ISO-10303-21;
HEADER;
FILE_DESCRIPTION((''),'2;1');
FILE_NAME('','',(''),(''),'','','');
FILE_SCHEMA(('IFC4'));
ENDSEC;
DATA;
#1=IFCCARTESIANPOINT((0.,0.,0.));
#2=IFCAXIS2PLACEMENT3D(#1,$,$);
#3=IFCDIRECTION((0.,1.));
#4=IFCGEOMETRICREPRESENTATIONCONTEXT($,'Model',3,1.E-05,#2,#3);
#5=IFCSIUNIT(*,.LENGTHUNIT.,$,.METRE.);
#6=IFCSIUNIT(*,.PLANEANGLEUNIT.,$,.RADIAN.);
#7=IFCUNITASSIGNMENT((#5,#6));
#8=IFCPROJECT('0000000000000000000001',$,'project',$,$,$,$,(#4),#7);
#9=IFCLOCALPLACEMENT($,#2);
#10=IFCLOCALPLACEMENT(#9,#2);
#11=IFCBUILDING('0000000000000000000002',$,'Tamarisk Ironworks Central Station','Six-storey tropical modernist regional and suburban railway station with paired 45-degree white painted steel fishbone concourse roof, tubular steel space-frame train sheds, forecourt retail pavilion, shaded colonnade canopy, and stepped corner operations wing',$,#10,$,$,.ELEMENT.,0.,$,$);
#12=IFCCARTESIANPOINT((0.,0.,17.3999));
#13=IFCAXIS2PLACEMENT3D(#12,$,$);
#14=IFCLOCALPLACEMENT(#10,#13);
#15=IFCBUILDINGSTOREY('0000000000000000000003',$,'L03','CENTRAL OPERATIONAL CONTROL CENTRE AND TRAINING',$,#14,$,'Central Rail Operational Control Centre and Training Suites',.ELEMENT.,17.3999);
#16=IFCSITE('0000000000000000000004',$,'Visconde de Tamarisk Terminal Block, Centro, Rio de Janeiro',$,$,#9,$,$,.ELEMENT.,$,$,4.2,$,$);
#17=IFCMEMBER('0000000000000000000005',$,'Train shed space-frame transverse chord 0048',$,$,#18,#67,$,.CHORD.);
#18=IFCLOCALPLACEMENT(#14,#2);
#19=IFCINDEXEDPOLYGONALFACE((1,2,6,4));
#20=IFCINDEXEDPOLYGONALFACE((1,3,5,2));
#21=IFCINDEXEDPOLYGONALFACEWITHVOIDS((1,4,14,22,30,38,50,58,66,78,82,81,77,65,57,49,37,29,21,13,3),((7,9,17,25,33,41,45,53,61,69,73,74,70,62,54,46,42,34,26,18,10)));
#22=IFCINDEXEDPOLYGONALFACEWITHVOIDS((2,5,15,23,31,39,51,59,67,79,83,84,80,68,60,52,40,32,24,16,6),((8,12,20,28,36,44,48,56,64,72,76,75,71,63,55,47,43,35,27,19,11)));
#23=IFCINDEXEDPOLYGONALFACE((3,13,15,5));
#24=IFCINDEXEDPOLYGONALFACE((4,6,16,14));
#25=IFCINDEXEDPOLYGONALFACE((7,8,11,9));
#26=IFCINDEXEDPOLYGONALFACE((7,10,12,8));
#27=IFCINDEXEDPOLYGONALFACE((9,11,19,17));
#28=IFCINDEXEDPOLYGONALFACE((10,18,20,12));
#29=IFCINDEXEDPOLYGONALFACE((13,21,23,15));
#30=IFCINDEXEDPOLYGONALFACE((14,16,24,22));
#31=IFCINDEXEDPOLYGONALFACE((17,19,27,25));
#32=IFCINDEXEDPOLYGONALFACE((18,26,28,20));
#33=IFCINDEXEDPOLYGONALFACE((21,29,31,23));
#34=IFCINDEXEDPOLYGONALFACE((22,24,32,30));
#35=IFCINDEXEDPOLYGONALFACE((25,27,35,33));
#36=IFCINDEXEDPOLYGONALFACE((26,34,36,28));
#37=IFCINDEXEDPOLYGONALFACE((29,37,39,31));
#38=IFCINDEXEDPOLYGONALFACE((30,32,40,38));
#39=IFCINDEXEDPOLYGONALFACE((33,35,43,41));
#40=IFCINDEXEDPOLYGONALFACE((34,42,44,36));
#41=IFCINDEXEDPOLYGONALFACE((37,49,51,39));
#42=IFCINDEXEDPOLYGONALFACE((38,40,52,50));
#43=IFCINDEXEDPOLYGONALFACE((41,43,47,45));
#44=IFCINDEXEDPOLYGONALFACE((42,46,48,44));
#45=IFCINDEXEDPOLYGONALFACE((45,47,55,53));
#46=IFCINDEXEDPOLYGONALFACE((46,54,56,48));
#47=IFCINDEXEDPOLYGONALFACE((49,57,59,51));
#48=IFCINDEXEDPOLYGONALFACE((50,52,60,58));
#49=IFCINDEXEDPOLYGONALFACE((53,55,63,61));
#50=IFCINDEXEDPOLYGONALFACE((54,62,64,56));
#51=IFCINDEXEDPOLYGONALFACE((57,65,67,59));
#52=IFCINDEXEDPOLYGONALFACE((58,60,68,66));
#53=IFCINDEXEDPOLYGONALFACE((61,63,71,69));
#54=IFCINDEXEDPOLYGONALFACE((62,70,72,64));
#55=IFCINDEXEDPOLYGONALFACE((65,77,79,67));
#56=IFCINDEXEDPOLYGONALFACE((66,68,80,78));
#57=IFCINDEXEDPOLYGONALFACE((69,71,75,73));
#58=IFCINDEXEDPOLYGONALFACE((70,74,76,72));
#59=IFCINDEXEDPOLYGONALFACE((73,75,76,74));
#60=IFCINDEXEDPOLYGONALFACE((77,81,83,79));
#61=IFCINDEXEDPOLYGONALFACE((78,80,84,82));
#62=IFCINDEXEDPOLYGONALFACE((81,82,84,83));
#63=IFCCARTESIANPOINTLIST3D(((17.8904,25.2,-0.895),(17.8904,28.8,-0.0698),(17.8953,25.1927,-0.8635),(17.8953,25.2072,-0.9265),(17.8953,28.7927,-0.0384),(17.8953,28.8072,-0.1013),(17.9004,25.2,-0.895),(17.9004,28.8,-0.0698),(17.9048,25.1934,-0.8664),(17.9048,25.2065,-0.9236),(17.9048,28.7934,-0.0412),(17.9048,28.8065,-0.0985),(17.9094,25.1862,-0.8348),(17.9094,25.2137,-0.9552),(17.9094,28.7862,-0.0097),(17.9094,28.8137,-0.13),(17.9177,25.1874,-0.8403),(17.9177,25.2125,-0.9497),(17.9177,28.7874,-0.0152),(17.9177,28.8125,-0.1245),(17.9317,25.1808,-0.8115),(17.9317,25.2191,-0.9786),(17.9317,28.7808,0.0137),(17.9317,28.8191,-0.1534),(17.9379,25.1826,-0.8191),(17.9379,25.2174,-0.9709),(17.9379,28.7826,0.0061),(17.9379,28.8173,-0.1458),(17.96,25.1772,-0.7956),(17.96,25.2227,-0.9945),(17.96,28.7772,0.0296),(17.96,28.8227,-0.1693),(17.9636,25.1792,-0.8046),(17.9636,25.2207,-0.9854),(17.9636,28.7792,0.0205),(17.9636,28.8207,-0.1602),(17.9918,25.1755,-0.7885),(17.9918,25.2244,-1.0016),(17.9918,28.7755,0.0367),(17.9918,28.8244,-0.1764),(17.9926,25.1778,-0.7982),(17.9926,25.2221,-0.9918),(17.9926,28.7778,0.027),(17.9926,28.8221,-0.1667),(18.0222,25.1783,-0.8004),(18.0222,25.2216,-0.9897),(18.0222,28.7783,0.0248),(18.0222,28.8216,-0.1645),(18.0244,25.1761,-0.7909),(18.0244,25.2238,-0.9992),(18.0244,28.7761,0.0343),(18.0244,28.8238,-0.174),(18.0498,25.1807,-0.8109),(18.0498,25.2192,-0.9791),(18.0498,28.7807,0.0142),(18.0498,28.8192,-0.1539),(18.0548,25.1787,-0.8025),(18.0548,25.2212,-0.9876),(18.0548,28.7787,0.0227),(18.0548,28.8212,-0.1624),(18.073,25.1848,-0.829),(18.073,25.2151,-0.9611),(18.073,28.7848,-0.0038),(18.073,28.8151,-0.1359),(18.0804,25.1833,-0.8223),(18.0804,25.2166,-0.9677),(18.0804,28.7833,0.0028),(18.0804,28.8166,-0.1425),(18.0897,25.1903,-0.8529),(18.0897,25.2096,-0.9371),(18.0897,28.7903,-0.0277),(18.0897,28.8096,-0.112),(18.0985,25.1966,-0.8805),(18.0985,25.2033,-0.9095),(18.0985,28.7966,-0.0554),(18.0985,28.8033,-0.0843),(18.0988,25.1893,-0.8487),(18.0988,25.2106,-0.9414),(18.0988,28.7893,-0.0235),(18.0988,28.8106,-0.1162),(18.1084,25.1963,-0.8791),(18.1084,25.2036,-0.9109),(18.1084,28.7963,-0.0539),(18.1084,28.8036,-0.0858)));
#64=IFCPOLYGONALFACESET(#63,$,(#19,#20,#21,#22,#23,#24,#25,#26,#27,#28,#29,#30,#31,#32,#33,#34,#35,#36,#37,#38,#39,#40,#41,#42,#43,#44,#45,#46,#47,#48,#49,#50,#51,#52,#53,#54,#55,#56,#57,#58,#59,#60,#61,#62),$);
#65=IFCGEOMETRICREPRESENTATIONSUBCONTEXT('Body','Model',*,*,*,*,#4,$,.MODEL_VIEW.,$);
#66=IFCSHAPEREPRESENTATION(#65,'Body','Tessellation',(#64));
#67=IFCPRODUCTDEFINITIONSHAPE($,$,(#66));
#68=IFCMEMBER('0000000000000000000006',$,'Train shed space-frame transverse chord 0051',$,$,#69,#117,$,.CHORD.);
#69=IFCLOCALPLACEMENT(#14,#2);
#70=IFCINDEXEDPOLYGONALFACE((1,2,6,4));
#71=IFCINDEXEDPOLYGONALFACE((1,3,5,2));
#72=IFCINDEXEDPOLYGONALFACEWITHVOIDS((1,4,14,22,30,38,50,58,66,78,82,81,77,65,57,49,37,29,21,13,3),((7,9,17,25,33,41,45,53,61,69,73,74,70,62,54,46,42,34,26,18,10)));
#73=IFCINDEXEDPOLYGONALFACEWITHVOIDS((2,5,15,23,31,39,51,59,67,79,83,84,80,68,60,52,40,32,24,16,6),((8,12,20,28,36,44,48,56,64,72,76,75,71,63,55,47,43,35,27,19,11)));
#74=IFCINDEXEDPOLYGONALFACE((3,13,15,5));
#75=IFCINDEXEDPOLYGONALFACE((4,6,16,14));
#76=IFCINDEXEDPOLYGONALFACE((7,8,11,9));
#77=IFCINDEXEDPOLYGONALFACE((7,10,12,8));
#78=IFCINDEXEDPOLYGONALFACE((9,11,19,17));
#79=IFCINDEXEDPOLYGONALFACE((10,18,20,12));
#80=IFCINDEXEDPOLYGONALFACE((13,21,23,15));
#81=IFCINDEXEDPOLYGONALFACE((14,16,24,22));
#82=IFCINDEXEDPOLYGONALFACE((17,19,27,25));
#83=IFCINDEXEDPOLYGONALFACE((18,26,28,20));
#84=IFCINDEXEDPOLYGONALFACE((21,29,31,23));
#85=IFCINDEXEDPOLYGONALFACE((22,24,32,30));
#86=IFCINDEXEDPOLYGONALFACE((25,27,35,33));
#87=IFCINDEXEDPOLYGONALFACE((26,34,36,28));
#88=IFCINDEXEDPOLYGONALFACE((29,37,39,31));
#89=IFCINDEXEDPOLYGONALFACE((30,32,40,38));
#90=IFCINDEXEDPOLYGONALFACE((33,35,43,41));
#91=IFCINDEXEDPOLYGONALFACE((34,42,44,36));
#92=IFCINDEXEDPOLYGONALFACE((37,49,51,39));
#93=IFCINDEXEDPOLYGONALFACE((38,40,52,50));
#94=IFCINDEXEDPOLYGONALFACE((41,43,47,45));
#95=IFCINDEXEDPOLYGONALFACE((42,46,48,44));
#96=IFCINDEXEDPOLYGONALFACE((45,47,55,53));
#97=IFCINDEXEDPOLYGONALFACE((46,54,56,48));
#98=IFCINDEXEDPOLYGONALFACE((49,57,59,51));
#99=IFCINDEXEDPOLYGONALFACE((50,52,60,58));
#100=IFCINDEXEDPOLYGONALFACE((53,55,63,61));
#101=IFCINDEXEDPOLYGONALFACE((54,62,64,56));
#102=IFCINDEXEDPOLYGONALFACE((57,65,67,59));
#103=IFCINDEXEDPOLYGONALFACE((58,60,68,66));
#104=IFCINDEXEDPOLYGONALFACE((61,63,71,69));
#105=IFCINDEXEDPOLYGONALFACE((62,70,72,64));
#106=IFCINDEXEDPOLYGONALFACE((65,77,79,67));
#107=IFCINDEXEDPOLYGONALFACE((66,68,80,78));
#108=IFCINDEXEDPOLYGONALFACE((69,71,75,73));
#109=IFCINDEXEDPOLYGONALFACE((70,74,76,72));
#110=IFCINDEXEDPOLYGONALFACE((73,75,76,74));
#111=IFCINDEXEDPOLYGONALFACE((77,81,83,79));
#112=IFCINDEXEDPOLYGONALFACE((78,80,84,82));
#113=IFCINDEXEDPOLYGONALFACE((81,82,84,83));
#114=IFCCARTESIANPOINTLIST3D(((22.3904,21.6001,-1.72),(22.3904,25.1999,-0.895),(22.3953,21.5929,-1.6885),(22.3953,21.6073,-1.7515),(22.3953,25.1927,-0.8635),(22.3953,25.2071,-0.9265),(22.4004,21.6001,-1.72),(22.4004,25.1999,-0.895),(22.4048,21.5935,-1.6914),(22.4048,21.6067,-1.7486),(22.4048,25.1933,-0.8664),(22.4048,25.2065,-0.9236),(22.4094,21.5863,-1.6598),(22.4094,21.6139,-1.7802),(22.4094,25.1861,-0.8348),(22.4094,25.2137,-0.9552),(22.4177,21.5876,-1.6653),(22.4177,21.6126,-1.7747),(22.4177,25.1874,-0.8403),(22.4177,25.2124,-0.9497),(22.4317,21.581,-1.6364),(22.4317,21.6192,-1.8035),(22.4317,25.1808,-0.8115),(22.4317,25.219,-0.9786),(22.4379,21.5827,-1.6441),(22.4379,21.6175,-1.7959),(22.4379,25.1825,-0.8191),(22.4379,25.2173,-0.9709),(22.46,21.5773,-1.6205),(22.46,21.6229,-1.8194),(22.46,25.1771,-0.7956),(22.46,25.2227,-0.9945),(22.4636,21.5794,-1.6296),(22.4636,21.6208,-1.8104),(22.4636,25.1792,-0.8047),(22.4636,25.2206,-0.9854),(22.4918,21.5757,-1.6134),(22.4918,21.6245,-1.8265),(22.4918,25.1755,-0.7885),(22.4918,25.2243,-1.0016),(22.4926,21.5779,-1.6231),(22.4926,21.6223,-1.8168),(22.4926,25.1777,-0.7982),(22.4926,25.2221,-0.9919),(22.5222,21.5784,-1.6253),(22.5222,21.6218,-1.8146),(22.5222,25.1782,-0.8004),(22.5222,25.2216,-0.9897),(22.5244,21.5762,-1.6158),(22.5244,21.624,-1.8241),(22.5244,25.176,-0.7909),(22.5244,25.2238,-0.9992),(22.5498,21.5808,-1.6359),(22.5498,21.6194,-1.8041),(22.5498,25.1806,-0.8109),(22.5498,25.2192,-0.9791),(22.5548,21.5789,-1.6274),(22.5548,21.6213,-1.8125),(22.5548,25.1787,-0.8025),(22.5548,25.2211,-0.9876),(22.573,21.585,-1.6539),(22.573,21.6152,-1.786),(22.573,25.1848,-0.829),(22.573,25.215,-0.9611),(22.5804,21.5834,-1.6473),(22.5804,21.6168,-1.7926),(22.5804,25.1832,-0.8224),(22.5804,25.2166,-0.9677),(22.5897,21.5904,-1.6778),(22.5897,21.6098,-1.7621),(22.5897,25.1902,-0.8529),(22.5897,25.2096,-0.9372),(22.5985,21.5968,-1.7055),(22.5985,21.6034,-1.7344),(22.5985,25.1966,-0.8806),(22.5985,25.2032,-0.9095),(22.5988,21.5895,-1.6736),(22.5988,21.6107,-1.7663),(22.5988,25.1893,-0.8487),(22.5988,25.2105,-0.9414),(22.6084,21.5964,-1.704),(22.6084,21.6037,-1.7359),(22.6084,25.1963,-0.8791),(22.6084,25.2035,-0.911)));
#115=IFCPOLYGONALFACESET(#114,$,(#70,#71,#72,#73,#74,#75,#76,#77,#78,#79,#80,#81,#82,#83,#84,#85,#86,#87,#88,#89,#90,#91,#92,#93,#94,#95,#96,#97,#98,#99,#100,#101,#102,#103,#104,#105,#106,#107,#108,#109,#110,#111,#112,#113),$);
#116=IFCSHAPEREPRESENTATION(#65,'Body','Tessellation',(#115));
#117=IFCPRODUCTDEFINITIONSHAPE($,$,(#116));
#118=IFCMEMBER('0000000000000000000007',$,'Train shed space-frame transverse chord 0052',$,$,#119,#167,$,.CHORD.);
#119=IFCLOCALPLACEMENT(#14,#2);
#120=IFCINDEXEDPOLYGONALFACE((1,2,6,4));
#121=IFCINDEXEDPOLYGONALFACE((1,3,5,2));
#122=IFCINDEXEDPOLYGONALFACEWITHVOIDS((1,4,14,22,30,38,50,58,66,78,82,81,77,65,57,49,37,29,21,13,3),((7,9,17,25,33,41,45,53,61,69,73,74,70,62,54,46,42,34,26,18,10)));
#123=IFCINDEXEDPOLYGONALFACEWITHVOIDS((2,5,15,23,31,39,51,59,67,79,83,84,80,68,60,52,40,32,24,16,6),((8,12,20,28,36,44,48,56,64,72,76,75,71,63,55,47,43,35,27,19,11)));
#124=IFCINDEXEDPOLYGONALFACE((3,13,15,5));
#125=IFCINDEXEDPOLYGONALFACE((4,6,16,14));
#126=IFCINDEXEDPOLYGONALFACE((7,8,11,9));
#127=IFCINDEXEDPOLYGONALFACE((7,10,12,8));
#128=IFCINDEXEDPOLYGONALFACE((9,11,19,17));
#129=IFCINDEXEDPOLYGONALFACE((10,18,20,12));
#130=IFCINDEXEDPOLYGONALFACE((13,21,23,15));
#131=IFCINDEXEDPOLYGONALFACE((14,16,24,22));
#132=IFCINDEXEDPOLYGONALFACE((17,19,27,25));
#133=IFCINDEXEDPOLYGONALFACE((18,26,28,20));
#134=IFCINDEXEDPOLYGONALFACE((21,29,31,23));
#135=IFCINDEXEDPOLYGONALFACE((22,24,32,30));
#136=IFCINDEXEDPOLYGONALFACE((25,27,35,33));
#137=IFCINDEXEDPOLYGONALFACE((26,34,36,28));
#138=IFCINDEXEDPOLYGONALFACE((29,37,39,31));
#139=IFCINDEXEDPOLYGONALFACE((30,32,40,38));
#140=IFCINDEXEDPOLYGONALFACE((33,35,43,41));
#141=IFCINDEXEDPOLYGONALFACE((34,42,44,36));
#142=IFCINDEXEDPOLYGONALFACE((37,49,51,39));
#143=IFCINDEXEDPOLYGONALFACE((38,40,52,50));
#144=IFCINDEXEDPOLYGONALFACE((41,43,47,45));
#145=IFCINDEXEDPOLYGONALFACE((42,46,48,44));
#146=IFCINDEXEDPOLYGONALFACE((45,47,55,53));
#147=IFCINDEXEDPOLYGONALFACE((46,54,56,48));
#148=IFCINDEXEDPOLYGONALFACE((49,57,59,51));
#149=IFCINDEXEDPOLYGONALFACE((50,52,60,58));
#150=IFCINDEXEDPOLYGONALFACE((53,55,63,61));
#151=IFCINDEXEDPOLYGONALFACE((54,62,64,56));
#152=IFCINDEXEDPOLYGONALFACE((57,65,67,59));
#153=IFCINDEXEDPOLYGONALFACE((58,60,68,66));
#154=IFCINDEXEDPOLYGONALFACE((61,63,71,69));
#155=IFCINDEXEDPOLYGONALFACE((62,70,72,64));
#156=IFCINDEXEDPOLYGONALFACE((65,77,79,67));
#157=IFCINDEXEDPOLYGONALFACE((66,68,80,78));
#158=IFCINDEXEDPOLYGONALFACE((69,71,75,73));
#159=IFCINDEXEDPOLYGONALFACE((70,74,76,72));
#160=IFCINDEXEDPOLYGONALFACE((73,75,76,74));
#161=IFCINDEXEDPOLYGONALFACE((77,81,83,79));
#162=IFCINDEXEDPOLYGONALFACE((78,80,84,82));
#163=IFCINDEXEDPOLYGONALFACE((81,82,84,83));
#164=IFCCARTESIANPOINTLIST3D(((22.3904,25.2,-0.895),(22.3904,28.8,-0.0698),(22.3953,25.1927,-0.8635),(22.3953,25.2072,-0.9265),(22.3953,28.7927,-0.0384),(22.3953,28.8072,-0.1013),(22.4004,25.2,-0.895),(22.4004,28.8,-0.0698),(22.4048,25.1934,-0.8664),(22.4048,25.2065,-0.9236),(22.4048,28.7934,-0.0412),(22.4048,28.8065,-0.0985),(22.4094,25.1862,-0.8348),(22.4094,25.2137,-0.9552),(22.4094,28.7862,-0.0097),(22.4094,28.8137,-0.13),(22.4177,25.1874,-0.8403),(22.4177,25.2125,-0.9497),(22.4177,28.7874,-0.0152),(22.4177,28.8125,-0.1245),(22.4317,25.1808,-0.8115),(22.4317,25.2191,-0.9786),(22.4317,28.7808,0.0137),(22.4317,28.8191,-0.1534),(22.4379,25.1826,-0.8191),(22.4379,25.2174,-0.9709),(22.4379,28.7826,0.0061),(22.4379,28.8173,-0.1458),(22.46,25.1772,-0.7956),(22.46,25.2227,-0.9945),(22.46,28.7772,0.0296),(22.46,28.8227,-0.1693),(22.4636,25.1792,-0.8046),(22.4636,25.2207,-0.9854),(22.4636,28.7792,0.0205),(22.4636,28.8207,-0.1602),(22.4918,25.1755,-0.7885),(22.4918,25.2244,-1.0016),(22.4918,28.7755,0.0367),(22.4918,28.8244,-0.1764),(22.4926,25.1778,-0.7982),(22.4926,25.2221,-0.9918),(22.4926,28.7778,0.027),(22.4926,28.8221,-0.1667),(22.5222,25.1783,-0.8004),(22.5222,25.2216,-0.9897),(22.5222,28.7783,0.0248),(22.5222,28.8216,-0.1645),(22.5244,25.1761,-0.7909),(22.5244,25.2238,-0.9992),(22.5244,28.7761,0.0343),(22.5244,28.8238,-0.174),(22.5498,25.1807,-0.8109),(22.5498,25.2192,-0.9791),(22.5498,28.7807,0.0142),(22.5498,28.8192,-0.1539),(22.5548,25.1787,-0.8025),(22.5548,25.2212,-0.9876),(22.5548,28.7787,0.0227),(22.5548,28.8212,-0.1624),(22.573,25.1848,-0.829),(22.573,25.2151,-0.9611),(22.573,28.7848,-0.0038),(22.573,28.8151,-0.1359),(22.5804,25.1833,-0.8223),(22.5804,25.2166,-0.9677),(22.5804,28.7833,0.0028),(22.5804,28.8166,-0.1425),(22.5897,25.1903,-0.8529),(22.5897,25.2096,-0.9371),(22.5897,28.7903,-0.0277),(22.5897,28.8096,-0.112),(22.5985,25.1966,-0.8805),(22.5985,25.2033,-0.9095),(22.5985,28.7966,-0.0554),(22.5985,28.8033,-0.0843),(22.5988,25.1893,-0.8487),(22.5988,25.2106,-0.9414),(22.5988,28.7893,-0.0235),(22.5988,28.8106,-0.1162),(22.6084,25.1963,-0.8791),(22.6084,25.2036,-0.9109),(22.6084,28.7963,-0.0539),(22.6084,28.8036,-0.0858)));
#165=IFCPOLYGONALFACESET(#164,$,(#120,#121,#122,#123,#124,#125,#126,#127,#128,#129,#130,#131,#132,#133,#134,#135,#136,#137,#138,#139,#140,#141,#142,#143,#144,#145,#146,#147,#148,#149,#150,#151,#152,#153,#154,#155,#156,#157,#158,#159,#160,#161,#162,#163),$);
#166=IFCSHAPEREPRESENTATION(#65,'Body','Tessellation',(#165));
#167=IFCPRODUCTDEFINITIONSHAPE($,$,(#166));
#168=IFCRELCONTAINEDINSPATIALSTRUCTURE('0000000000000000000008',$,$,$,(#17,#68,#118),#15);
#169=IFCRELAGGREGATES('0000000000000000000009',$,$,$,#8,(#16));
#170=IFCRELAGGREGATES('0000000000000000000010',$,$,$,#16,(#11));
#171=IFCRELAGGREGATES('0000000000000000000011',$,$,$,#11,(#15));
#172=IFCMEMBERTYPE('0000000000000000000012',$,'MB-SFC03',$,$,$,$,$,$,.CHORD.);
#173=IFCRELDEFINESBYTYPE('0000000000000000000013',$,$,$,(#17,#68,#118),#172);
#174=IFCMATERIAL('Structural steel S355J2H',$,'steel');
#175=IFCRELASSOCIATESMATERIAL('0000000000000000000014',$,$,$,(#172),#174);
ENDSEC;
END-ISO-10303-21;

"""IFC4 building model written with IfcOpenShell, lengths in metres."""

from ifc_helpers import new_model, si_unit, direction, frame, origin, origin_2d, place, context, subcontext, project, spatial, hollow_circle, extrude, material, material_profile, profile_set, type_object, element, save


model = new_model("IFC4")

# Units and contexts
model_context = context("Model", 3, precision=1e-05, world=origin(), true_north=direction((0.0, 1.0)))
body_context = subcontext(model_context, "Body", "Model", "MODEL_VIEW")
ifc_project = project(units=[si_unit("LENGTHUNIT", "METRE"), si_unit("PLANEANGLEUNIT", "RADIAN")], contexts=[model_context])

# Site, building, storey
site_placement = place(None, origin())
site = spatial("IfcSite", under=ifc_project, at=site_placement, Name="Visconde de Tamarisk Terminal Block, Centro, Rio de Janeiro", CompositionType="ELEMENT", RefElevation=4.2)
building_placement = place(site_placement, origin())
building = spatial("IfcBuilding", under=site, at=building_placement, Name="Tamarisk Ironworks Central Station", Description="Six-storey tropical modernist regional and suburban railway station with paired 45-degree white painted steel fishbone concourse roof, tubular steel space-frame train sheds, forecourt retail pavilion, shaded colonnade canopy, and stepped corner operations wing", CompositionType="ELEMENT", ElevationOfRefHeight=0.0)
storey_placement = place(building_placement, frame((0.0, 0.0, 17.3999)))
storey = spatial("IfcBuildingStorey", under=building, at=storey_placement, Name="L03", Description="CENTRAL OPERATIONAL CONTROL CENTRE AND TRAINING", LongName="Central Rail Operational Control Centre and Training Suites", CompositionType="ELEMENT", Elevation=17.3999)

# Members
ifc_material_1 = material(Name="Structural steel S355J2H", Category="steel")
ifc_material_profile_1 = material_profile(ifc_material_1, hollow_circle(Radius=0.1096, WallThickness=0.01, at=origin_2d()), Name="CHS 219.1x10")
ifc_profile_set_1 = profile_set([ifc_material_profile_1], Name="Structural steel S355J2H")
member_type_1 = type_object("IfcMemberType", Name="MB-SFC03", PredefinedType="CHORD", material=ifc_profile_set_1)
member_1_placement = place(storey_placement, frame((18.0, 25.2, -0.895), z_axis=(0.0, 0.974722, 0.223421), x_axis=(-1.0, 0.0, 0.0)))
element("IfcMember", 1, at=member_1_placement, inside=storey, type_object=member_type_1, Name="Train shed space-frame transverse chord 0048", PredefinedType="CHORD", context=body_context, shape_type="SweptSolid", body=[
    extrude(hollow_circle(Radius=0.1096, WallThickness=0.01, at=origin_2d()), origin(), (0.0, 0.0, 1.0), 3.6934),
])
member_2_placement = place(storey_placement, frame((22.5, 21.6001, -1.72), z_axis=(0.0, 0.974733, 0.223372), x_axis=(-1.0, 0.0, 0.0)))
element("IfcMember", 2, at=member_2_placement, inside=storey, type_object=member_type_1, Name="Train shed space-frame transverse chord 0051", PredefinedType="CHORD", context=body_context, shape_type="SweptSolid", body=[
    extrude(hollow_circle(Radius=0.1096, WallThickness=0.01, at=origin_2d()), origin(), (0.0, 0.0, 1.0), 3.6931),
])
member_3_placement = place(storey_placement, frame((22.5, 25.2, -0.895), z_axis=(0.0, 0.974722, 0.223421), x_axis=(-1.0, 0.0, 0.0)))
element("IfcMember", 3, at=member_3_placement, inside=storey, type_object=member_type_1, Name="Train shed space-frame transverse chord 0052", PredefinedType="CHORD", context=body_context, shape_type="SweptSolid", body=[
    extrude(hollow_circle(Radius=0.1096, WallThickness=0.01, at=origin_2d()), origin(), (0.0, 0.0, 1.0), 3.6934),
])

save(model, "model.ifc")
